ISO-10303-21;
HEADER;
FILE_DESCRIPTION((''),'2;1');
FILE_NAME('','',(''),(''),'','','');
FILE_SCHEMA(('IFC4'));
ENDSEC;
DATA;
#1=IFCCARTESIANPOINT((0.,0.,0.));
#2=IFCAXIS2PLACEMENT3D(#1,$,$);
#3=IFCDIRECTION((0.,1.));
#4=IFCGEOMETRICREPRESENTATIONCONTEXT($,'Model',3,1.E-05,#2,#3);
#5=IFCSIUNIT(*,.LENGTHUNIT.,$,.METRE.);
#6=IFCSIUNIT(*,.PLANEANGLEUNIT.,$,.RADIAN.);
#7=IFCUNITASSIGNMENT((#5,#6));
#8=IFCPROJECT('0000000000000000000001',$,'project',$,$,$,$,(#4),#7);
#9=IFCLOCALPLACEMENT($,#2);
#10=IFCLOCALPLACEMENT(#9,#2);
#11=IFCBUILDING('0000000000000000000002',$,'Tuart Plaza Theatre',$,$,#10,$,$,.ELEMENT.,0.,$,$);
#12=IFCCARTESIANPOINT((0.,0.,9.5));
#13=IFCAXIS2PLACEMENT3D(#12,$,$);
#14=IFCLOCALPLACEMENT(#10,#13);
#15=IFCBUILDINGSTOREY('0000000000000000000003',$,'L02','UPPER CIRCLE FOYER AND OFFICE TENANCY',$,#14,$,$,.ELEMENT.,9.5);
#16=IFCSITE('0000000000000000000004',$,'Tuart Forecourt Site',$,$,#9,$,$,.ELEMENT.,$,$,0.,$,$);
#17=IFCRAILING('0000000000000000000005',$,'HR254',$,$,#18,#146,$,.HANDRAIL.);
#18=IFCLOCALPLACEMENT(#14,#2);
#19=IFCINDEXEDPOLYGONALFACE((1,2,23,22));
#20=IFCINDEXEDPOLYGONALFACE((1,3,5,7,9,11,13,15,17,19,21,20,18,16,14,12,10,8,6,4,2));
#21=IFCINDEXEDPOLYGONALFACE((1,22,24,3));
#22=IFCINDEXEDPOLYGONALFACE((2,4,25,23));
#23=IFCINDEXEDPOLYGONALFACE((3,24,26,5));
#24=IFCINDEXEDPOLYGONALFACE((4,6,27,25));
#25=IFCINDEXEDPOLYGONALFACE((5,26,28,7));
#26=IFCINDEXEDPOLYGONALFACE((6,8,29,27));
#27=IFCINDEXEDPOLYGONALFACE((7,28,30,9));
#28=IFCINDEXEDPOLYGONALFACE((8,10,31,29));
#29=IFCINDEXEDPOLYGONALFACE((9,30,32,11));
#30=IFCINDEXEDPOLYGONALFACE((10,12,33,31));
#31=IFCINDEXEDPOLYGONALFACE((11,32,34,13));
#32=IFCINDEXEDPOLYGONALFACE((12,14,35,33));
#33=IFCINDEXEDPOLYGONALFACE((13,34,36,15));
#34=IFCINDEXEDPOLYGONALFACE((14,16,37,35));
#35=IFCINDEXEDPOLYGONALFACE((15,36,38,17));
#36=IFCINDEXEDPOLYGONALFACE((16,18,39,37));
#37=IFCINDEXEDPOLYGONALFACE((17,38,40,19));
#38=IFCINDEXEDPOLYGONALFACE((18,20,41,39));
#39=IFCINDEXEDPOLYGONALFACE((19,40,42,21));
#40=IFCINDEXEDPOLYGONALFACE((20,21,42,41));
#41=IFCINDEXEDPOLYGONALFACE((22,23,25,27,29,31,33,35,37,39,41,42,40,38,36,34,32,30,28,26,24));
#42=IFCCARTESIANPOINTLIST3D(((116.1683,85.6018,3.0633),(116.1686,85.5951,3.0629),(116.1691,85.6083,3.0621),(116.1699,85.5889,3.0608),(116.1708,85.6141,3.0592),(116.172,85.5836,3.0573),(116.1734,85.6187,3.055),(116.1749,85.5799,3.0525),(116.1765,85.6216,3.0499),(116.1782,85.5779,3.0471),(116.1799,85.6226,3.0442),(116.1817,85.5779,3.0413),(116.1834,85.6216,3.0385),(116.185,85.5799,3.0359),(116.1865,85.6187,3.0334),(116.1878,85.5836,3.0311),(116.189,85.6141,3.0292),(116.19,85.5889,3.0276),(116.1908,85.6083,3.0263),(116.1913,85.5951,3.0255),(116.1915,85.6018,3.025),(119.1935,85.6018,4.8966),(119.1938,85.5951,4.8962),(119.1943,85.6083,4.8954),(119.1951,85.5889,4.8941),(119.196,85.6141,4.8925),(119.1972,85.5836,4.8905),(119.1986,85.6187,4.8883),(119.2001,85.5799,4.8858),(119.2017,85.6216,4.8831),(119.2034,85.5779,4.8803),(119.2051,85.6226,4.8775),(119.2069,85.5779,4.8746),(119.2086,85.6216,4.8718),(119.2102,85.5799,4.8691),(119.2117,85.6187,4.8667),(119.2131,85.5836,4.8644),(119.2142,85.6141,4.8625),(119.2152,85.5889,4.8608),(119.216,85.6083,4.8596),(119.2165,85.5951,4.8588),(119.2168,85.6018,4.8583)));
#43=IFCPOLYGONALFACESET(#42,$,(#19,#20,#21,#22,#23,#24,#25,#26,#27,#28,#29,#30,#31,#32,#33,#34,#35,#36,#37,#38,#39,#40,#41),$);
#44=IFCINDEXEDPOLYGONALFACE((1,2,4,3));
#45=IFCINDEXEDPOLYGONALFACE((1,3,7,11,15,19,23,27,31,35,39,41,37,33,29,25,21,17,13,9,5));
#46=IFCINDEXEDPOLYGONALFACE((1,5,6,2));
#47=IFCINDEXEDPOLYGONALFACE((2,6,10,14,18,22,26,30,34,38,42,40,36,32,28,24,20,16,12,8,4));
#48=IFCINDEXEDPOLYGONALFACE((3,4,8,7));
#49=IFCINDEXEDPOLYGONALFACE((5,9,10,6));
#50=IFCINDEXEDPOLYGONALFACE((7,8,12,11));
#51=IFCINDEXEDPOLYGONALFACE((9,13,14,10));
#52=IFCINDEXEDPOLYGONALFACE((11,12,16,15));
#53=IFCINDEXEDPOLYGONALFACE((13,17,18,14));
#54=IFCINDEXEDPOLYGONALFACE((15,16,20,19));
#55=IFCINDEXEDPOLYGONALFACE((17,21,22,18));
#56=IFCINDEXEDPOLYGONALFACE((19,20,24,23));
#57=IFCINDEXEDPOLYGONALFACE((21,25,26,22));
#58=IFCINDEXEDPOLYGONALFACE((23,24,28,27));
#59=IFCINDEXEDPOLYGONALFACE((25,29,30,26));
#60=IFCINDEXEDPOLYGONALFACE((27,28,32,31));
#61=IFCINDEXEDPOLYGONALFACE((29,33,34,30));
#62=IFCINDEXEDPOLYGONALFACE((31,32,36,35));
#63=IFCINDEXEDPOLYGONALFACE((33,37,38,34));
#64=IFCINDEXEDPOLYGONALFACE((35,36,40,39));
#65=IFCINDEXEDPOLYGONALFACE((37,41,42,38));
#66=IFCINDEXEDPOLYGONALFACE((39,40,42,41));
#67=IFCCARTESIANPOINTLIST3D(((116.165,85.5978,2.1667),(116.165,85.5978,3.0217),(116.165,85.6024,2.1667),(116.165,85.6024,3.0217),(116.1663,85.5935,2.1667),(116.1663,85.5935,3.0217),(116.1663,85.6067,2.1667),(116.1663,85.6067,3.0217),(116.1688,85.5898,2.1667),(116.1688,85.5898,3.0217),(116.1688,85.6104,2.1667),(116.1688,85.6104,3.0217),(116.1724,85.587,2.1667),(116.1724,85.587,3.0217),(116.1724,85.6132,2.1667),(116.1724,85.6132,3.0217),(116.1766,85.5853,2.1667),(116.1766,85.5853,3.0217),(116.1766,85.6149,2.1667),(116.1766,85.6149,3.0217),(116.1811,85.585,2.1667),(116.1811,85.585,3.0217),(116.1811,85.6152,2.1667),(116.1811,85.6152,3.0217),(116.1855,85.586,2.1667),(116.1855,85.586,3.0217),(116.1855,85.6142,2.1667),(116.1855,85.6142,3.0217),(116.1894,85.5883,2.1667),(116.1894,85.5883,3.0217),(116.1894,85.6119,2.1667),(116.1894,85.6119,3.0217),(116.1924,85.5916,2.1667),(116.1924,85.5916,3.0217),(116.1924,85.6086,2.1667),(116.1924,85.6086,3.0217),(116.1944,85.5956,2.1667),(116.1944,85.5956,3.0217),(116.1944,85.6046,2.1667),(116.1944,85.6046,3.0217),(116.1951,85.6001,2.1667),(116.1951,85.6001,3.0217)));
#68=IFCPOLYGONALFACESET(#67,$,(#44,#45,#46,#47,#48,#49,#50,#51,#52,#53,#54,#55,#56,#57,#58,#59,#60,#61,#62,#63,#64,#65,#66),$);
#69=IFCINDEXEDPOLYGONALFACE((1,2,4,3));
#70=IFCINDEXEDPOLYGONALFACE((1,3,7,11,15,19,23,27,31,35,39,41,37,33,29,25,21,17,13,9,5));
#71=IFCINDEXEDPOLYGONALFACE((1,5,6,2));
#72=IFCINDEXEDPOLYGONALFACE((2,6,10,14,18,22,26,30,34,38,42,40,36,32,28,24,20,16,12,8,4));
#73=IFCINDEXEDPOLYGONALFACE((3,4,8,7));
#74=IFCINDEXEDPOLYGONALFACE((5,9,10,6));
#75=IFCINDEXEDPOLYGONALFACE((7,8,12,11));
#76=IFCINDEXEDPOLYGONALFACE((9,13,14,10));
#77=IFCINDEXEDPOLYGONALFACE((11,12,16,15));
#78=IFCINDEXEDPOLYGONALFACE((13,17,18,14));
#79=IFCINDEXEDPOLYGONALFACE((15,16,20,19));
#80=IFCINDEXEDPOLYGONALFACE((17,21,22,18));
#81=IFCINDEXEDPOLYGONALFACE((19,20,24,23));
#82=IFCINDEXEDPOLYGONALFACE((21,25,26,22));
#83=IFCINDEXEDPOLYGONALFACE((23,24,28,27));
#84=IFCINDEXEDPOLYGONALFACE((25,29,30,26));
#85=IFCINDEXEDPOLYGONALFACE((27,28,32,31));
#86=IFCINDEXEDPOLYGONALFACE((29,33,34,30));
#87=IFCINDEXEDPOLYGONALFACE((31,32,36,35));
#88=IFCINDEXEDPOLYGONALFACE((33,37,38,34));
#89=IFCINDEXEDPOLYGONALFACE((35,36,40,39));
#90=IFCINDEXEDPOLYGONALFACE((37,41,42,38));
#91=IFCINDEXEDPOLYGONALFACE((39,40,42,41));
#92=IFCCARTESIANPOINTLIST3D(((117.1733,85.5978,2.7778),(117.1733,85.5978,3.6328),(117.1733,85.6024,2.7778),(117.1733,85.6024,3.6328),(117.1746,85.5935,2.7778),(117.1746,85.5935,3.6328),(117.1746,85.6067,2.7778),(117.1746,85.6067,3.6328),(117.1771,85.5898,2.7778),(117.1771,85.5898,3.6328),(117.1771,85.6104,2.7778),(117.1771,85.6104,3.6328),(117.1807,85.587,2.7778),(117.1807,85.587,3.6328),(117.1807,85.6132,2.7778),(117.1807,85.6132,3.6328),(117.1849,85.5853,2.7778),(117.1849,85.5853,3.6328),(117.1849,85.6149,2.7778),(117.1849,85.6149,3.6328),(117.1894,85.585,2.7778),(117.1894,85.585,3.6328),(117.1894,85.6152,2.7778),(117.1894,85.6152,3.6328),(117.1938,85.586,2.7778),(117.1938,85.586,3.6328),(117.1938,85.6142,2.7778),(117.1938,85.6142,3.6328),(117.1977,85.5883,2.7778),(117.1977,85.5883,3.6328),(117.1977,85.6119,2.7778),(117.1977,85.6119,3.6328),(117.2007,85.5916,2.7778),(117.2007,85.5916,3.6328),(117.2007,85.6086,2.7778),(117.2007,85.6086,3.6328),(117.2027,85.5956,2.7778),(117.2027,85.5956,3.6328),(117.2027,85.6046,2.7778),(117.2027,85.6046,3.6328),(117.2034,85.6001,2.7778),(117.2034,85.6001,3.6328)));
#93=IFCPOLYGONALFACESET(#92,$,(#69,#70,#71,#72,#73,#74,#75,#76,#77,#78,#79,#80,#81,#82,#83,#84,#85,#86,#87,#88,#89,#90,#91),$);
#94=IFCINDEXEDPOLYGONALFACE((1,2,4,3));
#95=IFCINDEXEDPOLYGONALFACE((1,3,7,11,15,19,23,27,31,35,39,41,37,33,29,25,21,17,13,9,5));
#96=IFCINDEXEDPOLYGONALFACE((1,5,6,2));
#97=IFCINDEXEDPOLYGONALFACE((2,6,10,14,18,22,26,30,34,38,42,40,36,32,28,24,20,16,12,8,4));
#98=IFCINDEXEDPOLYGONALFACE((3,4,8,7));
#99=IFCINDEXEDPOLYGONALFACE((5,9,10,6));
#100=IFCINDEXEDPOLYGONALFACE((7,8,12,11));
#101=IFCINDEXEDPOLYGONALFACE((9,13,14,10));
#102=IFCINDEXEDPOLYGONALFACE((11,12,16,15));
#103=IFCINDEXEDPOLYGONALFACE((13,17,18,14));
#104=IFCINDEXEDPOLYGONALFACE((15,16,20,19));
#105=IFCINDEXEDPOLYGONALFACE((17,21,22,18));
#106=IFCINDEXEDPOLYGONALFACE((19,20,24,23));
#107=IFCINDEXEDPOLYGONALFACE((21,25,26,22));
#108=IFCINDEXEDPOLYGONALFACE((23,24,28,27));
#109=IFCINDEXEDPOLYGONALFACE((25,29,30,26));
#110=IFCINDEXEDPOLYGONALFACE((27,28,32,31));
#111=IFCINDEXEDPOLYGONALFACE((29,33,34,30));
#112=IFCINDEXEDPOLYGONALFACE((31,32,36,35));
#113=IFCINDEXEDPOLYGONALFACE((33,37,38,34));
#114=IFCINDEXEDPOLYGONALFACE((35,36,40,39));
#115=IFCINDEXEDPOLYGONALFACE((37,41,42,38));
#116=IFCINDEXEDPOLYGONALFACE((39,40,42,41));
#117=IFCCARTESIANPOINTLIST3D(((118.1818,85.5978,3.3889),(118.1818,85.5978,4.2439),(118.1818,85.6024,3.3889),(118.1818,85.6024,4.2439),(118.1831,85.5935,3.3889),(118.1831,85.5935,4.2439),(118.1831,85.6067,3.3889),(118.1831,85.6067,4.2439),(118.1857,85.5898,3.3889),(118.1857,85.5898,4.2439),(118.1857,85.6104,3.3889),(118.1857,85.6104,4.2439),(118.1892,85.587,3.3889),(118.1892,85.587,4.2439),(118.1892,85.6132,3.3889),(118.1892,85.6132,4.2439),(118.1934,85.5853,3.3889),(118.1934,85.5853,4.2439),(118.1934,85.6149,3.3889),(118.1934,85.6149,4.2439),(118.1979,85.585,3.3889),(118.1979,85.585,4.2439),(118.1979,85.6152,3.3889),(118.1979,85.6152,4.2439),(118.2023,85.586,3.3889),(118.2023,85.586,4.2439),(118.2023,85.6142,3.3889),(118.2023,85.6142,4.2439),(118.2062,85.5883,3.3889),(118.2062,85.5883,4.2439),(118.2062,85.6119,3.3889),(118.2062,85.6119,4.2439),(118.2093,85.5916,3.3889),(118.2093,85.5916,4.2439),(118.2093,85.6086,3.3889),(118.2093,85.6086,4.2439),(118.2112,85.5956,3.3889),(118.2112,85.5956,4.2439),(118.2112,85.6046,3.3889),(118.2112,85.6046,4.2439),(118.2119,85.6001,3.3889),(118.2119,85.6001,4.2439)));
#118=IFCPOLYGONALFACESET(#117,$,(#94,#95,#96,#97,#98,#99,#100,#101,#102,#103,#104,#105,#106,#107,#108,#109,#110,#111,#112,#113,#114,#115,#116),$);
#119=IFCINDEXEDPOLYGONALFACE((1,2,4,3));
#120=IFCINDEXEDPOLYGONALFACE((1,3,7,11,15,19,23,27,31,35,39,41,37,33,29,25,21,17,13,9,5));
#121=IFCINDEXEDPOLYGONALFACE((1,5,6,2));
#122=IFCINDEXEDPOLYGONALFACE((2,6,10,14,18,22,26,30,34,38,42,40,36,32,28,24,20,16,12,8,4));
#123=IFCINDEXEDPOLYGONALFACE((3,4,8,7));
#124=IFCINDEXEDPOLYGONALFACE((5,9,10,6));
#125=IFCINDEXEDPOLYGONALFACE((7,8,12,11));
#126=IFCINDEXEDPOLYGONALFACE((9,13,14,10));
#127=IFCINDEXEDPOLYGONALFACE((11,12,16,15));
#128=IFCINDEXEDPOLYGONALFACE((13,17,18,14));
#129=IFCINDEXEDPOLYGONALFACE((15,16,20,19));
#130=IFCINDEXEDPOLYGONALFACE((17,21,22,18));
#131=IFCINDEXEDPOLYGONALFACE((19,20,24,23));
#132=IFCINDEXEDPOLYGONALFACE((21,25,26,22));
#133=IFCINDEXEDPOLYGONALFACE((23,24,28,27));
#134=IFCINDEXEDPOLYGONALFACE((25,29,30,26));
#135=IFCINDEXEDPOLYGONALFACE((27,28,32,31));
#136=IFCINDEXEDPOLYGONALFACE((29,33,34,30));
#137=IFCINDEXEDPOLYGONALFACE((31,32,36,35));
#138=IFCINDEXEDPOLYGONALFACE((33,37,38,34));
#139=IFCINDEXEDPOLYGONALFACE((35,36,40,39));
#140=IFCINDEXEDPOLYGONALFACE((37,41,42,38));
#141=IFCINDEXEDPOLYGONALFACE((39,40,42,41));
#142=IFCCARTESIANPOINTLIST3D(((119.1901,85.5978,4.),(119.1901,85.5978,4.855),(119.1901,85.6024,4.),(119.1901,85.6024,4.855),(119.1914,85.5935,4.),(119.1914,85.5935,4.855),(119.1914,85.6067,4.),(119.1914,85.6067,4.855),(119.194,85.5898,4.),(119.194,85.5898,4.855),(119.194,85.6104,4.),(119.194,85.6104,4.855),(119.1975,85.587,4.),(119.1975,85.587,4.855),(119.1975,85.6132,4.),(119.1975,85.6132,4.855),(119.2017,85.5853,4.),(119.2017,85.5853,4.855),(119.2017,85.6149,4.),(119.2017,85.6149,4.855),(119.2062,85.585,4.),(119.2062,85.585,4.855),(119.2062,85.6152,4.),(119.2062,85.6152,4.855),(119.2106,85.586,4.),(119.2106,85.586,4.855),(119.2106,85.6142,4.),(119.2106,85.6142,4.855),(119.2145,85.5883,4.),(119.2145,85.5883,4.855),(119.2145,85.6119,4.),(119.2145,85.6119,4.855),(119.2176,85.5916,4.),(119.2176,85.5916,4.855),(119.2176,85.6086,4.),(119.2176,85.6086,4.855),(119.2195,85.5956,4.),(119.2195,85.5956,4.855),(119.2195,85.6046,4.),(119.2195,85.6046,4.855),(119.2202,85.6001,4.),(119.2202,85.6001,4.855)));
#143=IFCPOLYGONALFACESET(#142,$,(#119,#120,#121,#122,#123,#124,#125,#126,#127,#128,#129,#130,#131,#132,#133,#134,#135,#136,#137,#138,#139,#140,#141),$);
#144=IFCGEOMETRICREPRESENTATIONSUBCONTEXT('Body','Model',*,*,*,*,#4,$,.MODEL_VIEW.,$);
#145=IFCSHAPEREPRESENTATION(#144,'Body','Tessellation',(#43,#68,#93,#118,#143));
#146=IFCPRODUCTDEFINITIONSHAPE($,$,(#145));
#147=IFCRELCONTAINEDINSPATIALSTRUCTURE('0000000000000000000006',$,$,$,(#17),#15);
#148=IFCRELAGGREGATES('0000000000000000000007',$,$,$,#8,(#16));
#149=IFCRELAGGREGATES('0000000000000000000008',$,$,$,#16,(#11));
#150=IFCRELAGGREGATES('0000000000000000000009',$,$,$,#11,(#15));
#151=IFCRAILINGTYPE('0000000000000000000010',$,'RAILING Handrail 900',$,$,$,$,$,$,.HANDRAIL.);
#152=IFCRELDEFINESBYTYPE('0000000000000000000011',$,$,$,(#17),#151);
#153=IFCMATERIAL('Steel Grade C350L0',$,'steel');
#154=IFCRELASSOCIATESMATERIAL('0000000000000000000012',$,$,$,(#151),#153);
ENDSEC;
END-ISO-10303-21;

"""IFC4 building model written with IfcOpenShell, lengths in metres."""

from ifc_helpers import new_model, si_unit, direction, frame, origin, origin_2d, place, context, subcontext, project, spatial, circle, extrude, material, type_object, element, save


model = new_model("IFC4")

# Units and contexts
model_context = context("Model", 3, precision=1e-05, world=origin(), true_north=direction((0.0, 1.0)))
body_context = subcontext(model_context, "Body", "Model", "MODEL_VIEW")
ifc_project = project(units=[si_unit("LENGTHUNIT", "METRE"), si_unit("PLANEANGLEUNIT", "RADIAN")], contexts=[model_context])

# Site, building, storey
site_placement = place(None, origin())
site = spatial("IfcSite", under=ifc_project, at=site_placement, Name="Tuart Forecourt Site", CompositionType="ELEMENT", RefElevation=0.0)
building_placement = place(site_placement, origin())
building = spatial("IfcBuilding", under=site, at=building_placement, Name="Tuart Plaza Theatre", CompositionType="ELEMENT", ElevationOfRefHeight=0.0)
storey_placement = place(building_placement, frame((0.0, 0.0, 9.5)))
storey = spatial("IfcBuildingStorey", under=building, at=storey_placement, Name="L02", Description="UPPER CIRCLE FOYER AND OFFICE TENANCY", CompositionType="ELEMENT", Elevation=9.5)

# Railing
ifc_material_1 = material(Name="Steel Grade C350L0", Category="steel")
railing_type_1 = type_object("IfcRailingType", Name="RAILING Handrail 900", PredefinedType="HANDRAIL", material=ifc_material_1)
for number, where, name in (
    (1, (116.1799, 85.6001, 2.1667), "HR254"),
):
    element("IfcRailing", number, at=place(storey_placement, frame(where)), inside=storey, type_object=railing_type_1, Name=name, PredefinedType="HANDRAIL", context=body_context, shape_type="SweptSolid", body=[
        extrude(circle(Radius=0.0225, at=origin_2d()), frame((0.0, 0.0, 0.8774), z_axis=(0.855219, 0.0, 0.518267), x_axis=(0.0, 1.0, 0.0)), (0.0, 0.0, 1.0), 3.5374),
        extrude(circle(Radius=0.0151, at=origin_2d()), origin(), (0.0, 0.0, 1.0), 0.855),
        extrude(circle(Radius=0.0151, at=origin_2d()), frame((1.0083, 0.0, 0.6111)), (0.0, 0.0, 1.0), 0.855),
        extrude(circle(Radius=0.0151, at=origin_2d()), frame((2.0168, 0.0, 1.2222)), (0.0, 0.0, 1.0), 0.855),
        extrude(circle(Radius=0.0151, at=origin_2d()), frame((3.0251, 0.0, 1.8333)), (0.0, 0.0, 1.0), 0.855),
    ])

save(model, "model.ifc")
